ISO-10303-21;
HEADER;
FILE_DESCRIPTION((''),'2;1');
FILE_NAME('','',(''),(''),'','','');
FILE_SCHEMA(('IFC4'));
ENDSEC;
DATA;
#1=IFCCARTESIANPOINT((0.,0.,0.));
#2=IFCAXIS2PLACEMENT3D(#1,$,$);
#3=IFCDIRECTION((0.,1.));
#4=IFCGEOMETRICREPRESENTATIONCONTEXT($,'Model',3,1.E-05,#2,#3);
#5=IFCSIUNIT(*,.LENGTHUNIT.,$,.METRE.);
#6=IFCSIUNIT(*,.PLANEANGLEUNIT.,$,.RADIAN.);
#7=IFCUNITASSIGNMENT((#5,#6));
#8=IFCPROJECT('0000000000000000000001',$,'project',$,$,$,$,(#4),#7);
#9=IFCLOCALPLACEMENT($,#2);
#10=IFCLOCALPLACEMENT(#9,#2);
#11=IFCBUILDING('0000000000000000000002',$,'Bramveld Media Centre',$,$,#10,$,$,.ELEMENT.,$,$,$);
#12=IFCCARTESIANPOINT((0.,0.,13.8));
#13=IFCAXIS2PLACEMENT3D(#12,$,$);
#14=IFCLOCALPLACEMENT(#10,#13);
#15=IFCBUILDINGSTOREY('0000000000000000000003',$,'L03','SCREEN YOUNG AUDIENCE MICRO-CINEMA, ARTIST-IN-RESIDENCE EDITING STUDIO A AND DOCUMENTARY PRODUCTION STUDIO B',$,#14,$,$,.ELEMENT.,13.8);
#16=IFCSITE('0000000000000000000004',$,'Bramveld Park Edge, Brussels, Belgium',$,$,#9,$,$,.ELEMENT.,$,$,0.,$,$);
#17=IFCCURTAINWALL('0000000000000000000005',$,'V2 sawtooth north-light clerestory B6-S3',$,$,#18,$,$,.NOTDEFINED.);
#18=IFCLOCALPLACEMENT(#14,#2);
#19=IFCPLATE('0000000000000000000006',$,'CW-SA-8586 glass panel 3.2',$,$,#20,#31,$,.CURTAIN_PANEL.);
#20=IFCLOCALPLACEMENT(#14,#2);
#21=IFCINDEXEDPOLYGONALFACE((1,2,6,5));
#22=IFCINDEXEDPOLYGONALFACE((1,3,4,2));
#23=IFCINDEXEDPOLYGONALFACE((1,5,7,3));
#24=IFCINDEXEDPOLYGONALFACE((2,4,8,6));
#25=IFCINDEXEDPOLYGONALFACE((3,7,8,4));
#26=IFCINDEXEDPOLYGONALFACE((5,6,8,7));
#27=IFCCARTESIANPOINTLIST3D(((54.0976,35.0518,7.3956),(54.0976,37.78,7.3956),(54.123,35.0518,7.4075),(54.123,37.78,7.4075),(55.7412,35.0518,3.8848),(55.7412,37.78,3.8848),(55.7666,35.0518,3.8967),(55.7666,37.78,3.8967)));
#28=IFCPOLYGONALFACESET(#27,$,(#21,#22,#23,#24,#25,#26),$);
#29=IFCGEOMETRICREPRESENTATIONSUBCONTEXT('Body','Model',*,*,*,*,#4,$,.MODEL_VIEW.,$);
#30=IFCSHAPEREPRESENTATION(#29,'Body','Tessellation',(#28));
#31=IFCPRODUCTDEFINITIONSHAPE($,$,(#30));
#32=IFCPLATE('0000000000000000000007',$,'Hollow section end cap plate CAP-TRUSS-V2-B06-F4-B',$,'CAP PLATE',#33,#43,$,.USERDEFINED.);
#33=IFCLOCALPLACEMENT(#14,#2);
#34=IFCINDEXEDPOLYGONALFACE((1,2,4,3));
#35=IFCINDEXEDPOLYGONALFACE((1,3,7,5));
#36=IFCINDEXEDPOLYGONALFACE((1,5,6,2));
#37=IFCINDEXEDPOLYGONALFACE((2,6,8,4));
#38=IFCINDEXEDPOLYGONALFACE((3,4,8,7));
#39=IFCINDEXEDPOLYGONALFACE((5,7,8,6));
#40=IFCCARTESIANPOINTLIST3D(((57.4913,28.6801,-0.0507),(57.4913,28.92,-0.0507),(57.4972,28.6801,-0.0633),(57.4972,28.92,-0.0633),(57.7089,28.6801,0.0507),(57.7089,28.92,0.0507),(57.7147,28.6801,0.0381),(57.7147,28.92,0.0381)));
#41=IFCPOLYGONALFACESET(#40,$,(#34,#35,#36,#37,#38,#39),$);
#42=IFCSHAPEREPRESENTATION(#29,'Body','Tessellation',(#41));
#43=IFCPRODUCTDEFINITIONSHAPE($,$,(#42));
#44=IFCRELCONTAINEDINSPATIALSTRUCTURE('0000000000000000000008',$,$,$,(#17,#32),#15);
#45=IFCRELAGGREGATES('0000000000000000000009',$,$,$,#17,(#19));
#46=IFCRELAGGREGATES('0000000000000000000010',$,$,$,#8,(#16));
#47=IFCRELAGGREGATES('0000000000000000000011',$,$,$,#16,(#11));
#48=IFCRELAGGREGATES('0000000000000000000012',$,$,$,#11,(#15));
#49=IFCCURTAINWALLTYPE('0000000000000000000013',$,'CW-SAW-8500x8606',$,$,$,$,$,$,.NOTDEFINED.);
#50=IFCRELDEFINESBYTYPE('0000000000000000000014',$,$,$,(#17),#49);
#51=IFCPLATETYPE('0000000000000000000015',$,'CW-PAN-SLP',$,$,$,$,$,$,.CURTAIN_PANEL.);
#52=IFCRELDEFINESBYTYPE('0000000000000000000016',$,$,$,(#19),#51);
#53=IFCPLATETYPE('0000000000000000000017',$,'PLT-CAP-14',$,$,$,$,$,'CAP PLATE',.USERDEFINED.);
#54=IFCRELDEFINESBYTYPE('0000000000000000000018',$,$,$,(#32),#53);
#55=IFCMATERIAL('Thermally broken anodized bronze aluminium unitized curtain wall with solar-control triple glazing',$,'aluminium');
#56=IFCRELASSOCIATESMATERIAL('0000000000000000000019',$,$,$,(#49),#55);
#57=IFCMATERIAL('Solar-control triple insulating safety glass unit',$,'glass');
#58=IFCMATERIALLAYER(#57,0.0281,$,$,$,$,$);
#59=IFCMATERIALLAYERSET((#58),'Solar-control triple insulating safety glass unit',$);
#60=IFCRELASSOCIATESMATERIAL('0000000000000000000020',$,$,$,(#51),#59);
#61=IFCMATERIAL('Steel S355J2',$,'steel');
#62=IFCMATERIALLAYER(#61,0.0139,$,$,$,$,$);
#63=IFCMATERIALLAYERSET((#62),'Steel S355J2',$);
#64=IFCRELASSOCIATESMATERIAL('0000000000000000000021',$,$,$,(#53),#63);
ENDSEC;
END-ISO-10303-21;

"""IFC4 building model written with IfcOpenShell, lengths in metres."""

from ifc_helpers import new_model, si_unit, direction, frame, origin, origin_2d, place, context, subcontext, project, spatial, polyline, rectangle, outline, extrude, material, layer, layer_set, type_object, element, aggregate, save


model = new_model("IFC4")

# Units and contexts
model_context = context("Model", 3, precision=1e-05, world=origin(), true_north=direction((0.0, 1.0)))
body_context = subcontext(model_context, "Body", "Model", "MODEL_VIEW")
ifc_project = project(units=[si_unit("LENGTHUNIT", "METRE"), si_unit("PLANEANGLEUNIT", "RADIAN")], contexts=[model_context])

# Site, building, storey
site_placement = place(None, origin())
site = spatial("IfcSite", under=ifc_project, at=site_placement, Name="Bramveld Park Edge, Brussels, Belgium", CompositionType="ELEMENT", RefElevation=0.0)
building_placement = place(site_placement, origin())
building = spatial("IfcBuilding", under=site, at=building_placement, Name="Bramveld Media Centre", CompositionType="ELEMENT")
storey_placement = place(building_placement, frame((0.0, 0.0, 13.8)))
storey = spatial("IfcBuildingStorey", under=building, at=storey_placement, Name="L03", Description="SCREEN YOUNG AUDIENCE MICRO-CINEMA, ARTIST-IN-RESIDENCE EDITING STUDIO A AND DOCUMENTARY PRODUCTION STUDIO B", CompositionType="ELEMENT", Elevation=13.8)

# Curtain wall
ifc_material_1 = material(Name="Thermally broken anodized bronze aluminium unitized curtain wall with solar-control triple glazing", Category="aluminium")
curtain_wall_type = type_object("IfcCurtainWallType", Name="CW-SAW-8500x8606", PredefinedType="NOTDEFINED", material=ifc_material_1)
curtain_wall_placement = place(storey_placement, origin())
curtain_wall = element("IfcCurtainWall", 1, at=curtain_wall_placement, inside=storey, type_object=curtain_wall_type, Name="V2 sawtooth north-light clerestory B6-S3", PredefinedType="NOTDEFINED")

# Plates
ifc_material_2 = material(Name="Solar-control triple insulating safety glass unit", Category="glass")
ifc_layer_1 = layer(ifc_material_2, 0.0281)
ifc_layer_set_1 = layer_set([ifc_layer_1], Name="Solar-control triple insulating safety glass unit")
plate_type_1 = type_object("IfcPlateType", Name="CW-PAN-SLP", PredefinedType="CURTAIN_PANEL", material=ifc_layer_set_1)
plate_1_placement = place(storey_placement, frame((55.7666, 35.0518, 3.8967), z_axis=(0.905668, 0.0, 0.423988), x_axis=(0.0, 1.0, 0.0)))
plate_1 = element("IfcPlate", 2, at=plate_1_placement, type_object=plate_type_1, Name="CW-SA-8586 glass panel 3.2", PredefinedType="CURTAIN_PANEL", context=body_context, shape_type="SweptSolid", body=[
    extrude(outline(polyline([(0.0, 0.0), (2.7283, 0.0), (2.7283, 3.8764), (0.0, 3.8764), (0.0, 0.0)])), origin(), (0.0, 0.0, -1.0), 0.0281),
])
aggregate(curtain_wall, [plate_1])
ifc_material_3 = material(Name="Steel S355J2", Category="steel")
ifc_layer_2 = layer(ifc_material_3, 0.0139)
ifc_layer_set_2 = layer_set([ifc_layer_2], Name="Steel S355J2")
plate_type_2 = type_object("IfcPlateType", Name="PLT-CAP-14", ElementType="CAP PLATE", PredefinedType="USERDEFINED", material=ifc_layer_set_2)
plate_2_placement = place(storey_placement, frame((57.6001, 28.8, 0.0), z_axis=(0.422618, 0.0, -0.906308), x_axis=(0.0, 1.0, 0.0)))
element("IfcPlate", 3, at=plate_2_placement, inside=storey, type_object=plate_type_2, Name="Hollow section end cap plate CAP-TRUSS-V2-B06-F4-B", ObjectType="CAP PLATE", PredefinedType="USERDEFINED", context=body_context, shape_type="SweptSolid", body=[
    extrude(rectangle(XDim=0.24, YDim=0.24, at=origin_2d()), origin(), (0.0, 0.0, 1.0), 0.0139),
])

save(model, "model.ifc")
